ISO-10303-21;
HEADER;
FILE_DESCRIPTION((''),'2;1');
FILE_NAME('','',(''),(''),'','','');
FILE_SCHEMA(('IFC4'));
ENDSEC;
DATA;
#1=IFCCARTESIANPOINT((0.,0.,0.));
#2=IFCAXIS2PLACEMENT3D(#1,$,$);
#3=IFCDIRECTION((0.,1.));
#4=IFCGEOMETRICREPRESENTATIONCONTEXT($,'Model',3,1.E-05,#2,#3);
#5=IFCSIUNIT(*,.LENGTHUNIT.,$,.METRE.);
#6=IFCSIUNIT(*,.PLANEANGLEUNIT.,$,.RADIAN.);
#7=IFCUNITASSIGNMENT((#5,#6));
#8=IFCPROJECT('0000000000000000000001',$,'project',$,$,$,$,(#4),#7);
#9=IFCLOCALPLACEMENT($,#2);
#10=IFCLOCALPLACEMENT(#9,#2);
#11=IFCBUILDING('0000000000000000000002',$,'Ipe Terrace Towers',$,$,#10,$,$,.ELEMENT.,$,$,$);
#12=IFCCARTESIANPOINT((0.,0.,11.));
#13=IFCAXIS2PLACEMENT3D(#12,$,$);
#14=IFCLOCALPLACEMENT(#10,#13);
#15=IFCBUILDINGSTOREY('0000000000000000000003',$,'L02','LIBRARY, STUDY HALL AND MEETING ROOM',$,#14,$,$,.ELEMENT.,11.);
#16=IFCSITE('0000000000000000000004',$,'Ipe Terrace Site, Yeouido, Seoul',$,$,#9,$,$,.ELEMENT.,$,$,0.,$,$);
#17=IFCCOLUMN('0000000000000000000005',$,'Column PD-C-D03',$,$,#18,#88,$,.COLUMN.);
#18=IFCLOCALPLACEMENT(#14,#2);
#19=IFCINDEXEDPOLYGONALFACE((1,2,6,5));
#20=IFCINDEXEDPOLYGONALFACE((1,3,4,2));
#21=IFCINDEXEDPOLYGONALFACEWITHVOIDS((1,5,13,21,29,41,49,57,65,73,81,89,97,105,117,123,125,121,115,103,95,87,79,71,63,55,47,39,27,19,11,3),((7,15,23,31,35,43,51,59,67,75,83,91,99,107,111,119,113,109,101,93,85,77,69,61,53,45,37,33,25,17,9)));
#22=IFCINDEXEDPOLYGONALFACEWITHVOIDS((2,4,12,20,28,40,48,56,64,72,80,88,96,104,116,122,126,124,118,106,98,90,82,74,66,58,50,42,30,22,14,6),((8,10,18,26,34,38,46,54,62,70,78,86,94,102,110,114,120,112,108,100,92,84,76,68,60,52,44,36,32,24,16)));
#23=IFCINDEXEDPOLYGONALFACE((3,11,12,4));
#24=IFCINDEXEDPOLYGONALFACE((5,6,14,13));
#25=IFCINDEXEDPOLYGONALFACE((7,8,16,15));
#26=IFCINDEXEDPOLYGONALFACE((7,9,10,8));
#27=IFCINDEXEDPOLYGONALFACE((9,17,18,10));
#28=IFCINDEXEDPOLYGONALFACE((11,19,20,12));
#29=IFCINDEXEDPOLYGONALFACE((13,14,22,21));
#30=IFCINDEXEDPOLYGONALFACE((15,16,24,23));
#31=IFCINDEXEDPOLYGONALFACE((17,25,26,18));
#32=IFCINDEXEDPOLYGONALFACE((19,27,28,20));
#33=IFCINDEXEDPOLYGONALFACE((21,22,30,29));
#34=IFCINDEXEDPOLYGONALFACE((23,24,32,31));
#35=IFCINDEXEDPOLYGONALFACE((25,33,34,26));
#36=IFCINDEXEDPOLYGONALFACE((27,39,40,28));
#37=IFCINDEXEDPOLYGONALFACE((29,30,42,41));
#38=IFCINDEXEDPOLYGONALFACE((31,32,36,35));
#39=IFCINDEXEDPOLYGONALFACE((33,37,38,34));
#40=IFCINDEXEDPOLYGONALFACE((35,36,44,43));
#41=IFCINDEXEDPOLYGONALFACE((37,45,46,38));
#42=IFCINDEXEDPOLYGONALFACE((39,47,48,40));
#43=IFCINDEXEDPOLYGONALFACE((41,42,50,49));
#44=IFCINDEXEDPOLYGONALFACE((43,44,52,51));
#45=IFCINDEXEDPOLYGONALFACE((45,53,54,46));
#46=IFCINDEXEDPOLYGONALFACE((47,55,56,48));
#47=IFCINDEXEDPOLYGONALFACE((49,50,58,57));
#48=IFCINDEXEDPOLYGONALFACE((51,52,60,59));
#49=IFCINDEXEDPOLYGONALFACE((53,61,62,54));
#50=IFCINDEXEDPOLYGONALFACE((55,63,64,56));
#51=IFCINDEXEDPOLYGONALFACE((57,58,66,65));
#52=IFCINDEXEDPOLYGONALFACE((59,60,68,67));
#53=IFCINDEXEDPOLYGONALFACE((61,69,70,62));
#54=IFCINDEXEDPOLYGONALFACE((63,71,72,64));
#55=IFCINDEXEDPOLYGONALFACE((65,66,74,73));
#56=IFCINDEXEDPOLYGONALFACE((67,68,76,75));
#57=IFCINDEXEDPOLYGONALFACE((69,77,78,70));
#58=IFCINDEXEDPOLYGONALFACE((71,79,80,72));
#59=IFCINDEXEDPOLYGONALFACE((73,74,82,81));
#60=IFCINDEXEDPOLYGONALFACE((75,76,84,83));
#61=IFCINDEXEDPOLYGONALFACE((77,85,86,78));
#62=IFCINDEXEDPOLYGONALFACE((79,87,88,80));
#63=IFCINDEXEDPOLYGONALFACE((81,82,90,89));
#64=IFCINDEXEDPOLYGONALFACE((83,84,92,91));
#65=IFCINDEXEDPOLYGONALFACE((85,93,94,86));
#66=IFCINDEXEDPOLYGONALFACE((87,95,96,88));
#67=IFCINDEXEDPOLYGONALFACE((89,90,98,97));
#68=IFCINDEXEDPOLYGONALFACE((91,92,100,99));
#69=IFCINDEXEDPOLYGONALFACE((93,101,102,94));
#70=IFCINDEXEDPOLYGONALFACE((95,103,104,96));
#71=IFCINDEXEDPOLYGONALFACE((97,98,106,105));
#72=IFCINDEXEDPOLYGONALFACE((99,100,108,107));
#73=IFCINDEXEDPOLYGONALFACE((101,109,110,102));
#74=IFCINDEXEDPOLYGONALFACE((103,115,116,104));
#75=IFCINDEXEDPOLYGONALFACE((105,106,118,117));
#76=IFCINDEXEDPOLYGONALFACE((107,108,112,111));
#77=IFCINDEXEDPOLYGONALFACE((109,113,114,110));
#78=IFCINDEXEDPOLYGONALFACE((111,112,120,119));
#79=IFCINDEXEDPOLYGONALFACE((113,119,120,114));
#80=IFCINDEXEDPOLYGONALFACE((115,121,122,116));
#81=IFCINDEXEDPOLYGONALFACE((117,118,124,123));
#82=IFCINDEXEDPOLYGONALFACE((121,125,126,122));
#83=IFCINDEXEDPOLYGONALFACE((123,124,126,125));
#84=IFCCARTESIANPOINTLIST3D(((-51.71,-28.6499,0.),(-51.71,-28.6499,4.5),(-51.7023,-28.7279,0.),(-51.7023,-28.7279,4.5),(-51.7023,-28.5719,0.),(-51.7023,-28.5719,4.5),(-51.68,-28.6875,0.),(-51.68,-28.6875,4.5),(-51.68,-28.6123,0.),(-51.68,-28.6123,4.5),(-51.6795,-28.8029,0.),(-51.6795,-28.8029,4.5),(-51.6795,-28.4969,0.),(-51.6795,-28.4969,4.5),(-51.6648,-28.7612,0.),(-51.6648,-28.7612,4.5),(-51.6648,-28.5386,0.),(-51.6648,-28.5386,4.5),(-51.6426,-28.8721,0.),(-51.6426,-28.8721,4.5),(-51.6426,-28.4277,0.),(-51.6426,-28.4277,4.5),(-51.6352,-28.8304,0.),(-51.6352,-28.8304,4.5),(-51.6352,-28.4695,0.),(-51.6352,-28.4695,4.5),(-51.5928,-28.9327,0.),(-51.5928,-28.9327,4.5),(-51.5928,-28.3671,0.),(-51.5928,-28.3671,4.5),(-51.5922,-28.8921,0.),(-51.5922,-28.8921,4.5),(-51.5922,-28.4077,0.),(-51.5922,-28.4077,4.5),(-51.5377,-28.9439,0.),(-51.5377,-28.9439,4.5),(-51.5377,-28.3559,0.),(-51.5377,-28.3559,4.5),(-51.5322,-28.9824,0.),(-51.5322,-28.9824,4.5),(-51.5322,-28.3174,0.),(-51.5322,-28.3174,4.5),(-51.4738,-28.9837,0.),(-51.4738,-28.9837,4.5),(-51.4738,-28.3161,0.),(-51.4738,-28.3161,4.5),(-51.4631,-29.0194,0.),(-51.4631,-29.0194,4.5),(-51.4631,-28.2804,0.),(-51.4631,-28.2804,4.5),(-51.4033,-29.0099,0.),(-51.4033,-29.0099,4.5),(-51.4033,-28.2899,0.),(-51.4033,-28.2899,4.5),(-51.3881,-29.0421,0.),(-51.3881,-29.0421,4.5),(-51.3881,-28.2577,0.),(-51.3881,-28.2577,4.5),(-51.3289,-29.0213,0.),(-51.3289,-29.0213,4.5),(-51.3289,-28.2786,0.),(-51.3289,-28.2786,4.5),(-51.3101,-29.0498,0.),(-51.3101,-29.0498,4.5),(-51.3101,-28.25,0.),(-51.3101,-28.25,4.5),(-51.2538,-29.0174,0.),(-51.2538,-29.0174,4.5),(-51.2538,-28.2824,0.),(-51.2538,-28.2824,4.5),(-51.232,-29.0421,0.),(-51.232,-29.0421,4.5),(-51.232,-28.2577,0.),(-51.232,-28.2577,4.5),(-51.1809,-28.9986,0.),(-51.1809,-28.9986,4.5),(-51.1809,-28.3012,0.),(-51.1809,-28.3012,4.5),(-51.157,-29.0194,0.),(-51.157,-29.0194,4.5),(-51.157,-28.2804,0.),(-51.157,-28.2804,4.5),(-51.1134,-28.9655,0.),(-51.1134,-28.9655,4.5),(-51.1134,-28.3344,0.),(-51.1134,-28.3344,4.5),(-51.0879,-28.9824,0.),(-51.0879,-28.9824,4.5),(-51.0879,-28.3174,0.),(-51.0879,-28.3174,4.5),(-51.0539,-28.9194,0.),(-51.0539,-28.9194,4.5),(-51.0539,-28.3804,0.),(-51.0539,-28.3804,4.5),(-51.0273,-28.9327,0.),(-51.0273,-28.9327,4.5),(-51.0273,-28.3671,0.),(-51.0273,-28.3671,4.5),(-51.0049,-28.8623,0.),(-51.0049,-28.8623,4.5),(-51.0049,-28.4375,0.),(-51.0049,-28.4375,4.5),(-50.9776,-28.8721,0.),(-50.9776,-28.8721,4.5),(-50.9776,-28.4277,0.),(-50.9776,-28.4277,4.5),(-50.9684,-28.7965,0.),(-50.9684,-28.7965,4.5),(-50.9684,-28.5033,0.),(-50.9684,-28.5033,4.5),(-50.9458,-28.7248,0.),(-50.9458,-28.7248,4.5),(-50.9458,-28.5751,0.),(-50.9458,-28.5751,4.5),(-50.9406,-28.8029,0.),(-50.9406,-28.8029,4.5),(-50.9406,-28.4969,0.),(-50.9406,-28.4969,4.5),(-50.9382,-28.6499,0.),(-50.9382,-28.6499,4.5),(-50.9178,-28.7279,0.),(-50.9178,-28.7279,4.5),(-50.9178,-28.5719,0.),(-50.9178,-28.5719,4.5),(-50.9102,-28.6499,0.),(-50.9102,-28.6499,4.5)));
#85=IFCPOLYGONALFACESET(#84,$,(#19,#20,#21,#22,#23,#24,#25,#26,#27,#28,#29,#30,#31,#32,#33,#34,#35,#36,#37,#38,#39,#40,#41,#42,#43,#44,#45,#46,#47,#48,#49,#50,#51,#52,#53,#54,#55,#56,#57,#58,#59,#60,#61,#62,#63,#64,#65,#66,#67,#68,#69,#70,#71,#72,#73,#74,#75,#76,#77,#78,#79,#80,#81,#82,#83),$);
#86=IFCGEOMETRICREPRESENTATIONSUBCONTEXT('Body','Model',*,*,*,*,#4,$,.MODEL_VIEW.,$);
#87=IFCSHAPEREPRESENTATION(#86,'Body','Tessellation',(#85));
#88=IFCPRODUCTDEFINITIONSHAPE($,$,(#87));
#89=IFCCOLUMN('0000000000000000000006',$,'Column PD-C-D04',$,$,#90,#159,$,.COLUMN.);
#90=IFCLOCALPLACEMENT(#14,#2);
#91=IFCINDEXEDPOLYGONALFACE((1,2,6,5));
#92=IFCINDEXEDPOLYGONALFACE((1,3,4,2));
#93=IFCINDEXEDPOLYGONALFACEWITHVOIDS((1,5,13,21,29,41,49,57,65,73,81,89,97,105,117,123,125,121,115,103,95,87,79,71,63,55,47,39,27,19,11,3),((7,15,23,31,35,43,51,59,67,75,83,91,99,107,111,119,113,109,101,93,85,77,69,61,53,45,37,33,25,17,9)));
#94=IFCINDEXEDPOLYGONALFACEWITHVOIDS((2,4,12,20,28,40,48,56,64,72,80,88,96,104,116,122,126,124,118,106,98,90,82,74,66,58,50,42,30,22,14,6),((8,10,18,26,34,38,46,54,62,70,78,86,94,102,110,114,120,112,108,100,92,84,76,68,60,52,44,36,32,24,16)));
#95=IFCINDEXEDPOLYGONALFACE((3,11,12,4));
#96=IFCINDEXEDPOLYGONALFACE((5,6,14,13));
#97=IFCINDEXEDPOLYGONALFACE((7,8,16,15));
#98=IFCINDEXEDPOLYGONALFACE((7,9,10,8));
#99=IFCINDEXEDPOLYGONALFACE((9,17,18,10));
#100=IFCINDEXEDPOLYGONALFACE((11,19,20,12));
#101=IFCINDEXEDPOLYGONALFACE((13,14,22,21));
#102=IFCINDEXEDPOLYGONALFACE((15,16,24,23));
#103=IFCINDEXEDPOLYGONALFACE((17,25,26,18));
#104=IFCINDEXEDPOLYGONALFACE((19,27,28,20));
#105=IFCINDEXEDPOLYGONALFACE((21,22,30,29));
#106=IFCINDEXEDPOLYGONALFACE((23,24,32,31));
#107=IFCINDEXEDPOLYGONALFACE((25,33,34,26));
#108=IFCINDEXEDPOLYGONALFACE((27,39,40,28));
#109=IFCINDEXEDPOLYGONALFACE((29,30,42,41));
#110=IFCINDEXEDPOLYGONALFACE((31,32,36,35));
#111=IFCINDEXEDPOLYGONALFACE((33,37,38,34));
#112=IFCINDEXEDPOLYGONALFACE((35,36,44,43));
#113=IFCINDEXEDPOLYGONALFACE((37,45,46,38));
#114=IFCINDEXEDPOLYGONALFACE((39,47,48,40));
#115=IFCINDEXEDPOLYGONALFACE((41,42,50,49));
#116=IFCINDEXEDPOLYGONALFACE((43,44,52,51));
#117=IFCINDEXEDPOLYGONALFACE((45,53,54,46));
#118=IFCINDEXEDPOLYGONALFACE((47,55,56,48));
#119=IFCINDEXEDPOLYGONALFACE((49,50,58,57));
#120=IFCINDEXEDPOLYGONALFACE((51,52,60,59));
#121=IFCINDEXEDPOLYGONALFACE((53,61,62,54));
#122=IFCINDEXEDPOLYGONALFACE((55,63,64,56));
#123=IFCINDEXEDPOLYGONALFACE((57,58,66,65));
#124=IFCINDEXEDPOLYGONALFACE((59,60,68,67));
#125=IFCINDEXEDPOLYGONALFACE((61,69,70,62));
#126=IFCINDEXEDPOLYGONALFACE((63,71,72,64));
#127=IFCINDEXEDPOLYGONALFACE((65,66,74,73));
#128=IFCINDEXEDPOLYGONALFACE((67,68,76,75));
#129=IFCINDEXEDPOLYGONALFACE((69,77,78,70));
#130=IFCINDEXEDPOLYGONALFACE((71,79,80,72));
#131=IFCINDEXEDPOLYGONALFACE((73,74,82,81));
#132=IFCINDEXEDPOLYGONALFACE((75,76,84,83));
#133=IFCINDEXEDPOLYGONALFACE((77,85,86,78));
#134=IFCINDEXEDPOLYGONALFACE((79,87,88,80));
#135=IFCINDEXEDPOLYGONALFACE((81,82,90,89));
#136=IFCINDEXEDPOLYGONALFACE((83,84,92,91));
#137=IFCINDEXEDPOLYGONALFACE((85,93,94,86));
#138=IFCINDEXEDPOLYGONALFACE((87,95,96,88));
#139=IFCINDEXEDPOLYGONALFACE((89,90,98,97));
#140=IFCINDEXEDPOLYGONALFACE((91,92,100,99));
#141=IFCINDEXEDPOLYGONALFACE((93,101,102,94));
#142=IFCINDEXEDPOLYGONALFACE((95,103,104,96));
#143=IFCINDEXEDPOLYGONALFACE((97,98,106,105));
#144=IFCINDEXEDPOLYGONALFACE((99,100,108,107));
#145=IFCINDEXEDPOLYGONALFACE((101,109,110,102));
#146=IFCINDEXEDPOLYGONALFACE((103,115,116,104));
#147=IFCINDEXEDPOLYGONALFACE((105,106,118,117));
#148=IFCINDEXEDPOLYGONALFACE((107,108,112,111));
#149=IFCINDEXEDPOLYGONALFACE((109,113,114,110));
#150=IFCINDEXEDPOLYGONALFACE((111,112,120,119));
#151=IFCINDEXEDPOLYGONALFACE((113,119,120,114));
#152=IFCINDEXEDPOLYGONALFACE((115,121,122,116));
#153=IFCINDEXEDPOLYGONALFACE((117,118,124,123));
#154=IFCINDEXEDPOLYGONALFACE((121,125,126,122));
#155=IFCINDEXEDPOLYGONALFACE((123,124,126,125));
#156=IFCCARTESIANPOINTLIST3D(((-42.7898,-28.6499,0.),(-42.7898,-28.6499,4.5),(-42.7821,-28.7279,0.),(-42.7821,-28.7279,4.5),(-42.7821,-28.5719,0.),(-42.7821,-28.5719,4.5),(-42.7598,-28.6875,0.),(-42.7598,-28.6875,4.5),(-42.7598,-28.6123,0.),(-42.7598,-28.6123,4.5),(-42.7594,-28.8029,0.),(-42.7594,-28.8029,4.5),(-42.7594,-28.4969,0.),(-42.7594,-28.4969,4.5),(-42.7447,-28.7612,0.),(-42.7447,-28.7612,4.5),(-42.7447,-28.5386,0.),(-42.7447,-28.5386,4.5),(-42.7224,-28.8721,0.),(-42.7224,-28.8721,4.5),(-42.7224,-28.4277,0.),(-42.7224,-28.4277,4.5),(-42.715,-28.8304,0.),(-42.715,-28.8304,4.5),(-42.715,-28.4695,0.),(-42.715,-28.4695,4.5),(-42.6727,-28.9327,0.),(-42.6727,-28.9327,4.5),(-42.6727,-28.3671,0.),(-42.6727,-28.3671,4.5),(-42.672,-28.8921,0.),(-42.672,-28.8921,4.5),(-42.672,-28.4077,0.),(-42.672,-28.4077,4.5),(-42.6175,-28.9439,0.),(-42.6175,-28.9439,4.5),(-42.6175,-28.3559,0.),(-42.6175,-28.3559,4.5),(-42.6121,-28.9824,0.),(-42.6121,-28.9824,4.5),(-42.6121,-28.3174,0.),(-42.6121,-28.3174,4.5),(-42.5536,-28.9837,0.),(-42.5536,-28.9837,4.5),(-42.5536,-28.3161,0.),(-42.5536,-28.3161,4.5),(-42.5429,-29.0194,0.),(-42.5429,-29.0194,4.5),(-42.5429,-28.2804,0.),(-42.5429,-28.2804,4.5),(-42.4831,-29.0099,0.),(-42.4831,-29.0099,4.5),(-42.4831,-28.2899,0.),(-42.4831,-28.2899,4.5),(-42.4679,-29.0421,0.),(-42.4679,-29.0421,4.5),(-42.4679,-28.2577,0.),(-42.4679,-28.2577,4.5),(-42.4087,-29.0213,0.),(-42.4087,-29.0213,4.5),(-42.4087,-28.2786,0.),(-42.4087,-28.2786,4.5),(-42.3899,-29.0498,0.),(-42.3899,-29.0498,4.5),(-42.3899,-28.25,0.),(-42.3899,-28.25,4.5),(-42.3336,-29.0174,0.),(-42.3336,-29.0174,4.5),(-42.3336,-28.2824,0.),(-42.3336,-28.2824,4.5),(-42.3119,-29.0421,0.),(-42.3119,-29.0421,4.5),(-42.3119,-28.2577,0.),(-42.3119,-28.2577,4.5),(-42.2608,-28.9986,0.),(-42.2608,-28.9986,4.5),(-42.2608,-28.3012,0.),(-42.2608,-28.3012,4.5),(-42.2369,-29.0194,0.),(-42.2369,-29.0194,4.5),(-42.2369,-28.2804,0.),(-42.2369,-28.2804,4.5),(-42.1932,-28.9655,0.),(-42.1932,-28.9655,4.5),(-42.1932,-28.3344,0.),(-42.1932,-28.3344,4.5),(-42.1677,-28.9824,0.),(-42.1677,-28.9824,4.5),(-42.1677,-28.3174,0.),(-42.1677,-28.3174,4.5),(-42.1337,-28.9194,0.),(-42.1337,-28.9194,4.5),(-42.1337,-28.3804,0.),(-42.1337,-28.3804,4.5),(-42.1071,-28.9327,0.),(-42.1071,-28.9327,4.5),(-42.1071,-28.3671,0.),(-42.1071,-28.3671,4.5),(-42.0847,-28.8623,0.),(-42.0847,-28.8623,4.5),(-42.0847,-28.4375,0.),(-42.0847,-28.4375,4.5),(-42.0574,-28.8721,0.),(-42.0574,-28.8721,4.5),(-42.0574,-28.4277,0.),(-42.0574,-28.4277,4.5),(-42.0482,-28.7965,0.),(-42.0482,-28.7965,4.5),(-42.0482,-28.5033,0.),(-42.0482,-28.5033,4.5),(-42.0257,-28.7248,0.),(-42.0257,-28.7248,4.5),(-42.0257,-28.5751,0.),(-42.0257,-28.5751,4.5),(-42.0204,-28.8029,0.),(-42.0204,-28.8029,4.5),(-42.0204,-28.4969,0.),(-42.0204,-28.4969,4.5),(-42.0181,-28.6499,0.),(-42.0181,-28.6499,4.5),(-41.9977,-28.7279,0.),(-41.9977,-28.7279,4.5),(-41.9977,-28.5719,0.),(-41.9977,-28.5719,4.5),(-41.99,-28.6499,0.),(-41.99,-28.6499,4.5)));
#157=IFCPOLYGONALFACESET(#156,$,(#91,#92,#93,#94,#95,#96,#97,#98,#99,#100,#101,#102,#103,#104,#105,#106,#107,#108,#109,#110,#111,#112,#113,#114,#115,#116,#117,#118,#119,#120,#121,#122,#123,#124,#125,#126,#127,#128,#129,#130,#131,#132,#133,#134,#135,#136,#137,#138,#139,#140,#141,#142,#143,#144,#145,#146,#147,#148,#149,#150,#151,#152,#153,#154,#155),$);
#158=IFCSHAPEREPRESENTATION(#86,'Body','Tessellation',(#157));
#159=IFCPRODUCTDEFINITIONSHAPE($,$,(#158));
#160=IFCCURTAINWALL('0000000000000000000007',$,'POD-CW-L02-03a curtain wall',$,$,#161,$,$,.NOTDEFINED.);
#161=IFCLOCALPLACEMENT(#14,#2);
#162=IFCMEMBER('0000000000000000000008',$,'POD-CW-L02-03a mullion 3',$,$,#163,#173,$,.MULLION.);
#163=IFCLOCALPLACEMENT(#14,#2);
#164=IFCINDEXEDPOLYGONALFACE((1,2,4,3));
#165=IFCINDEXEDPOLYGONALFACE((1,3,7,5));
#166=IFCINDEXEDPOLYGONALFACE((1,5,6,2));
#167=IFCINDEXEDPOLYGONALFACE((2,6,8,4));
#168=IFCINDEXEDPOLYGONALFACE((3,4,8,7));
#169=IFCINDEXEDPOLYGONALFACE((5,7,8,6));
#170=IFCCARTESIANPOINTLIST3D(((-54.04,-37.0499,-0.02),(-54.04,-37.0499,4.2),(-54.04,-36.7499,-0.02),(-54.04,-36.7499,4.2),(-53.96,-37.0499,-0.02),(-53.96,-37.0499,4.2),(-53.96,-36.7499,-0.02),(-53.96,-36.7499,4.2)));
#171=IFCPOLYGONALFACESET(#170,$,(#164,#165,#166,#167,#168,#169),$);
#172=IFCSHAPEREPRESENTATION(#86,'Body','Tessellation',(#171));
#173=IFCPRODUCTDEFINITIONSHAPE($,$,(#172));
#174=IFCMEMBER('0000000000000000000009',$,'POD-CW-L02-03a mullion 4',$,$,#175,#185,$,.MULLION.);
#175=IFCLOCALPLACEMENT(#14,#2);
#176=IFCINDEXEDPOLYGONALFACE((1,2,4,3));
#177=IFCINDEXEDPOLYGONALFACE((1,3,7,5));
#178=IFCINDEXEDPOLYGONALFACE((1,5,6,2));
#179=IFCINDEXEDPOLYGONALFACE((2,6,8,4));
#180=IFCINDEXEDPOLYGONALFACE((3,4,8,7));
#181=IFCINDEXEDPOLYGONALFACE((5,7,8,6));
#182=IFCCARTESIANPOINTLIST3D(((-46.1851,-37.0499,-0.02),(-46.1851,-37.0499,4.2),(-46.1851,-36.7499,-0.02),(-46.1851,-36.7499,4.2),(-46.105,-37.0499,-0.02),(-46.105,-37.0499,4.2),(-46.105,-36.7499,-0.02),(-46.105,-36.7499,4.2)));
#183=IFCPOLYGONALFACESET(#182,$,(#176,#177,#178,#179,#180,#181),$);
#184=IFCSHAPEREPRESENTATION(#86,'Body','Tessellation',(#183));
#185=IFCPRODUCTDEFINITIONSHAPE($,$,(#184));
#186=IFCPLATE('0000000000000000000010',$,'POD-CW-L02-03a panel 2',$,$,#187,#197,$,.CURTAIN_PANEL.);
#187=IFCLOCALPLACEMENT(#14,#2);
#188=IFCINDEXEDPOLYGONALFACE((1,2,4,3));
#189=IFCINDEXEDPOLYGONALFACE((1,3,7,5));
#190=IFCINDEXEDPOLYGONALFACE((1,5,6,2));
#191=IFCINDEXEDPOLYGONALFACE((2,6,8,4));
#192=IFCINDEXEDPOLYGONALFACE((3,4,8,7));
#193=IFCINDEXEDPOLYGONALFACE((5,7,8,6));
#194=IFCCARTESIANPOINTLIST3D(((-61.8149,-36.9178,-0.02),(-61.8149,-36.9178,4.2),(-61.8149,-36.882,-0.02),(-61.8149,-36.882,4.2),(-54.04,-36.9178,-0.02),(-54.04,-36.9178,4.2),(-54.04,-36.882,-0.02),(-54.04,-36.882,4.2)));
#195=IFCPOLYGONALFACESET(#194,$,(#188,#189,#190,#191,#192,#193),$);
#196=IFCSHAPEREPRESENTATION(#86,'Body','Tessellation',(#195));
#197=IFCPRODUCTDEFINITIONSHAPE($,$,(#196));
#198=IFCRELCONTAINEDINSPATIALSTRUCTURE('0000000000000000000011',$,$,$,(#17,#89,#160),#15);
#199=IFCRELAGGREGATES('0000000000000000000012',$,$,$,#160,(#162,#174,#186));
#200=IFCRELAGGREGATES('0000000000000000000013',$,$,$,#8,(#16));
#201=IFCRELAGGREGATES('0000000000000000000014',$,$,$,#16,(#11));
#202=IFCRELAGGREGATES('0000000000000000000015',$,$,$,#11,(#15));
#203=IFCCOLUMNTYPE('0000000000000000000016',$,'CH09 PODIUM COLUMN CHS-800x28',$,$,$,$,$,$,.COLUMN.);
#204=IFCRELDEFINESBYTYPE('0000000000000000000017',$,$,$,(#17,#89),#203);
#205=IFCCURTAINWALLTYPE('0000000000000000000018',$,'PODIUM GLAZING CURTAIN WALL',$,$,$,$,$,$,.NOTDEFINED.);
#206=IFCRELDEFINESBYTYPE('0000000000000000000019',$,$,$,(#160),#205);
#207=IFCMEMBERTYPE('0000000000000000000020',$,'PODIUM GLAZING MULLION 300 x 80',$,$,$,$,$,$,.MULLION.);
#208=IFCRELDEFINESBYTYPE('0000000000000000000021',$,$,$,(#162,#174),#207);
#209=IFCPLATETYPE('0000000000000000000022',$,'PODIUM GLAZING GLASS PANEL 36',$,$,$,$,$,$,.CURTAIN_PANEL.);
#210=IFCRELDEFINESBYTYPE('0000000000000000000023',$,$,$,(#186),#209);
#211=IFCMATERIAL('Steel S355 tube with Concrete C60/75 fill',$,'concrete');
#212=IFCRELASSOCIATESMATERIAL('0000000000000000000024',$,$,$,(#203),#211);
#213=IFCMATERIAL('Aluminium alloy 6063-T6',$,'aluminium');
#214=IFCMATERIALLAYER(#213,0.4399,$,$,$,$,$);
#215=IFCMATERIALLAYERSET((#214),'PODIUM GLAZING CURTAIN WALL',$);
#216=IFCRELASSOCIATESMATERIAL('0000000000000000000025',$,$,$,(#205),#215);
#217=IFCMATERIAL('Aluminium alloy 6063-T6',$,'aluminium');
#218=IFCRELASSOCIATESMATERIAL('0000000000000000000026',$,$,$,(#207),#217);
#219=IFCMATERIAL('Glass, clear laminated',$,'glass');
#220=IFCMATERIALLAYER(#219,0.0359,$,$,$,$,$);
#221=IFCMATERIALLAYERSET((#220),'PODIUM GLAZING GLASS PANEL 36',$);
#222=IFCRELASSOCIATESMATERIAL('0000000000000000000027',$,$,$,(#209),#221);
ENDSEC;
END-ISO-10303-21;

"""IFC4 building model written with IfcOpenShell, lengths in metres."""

from ifc_helpers import new_model, si_unit, direction, frame, origin, origin_2d, place, context, subcontext, project, spatial, rectangle, hollow_circle, extrude, material, layer, layer_set, material_profile, profile_set, type_object, element, aggregate, save


model = new_model("IFC4")

# Units and contexts
model_context = context("Model", 3, precision=1e-05, world=origin(), true_north=direction((0.0, 1.0)))
body_context = subcontext(model_context, "Body", "Model", "MODEL_VIEW")
ifc_project = project(units=[si_unit("LENGTHUNIT", "METRE"), si_unit("PLANEANGLEUNIT", "RADIAN")], contexts=[model_context])

# Site, building, storey
site_placement = place(None, origin())
site = spatial("IfcSite", under=ifc_project, at=site_placement, Name="Ipe Terrace Site, Yeouido, Seoul", CompositionType="ELEMENT", RefElevation=0.0)
building_placement = place(site_placement, origin())
building = spatial("IfcBuilding", under=site, at=building_placement, Name="Ipe Terrace Towers", CompositionType="ELEMENT")
storey_placement = place(building_placement, frame((0.0, 0.0, 11.0)))
storey = spatial("IfcBuildingStorey", under=building, at=storey_placement, Name="L02", Description="LIBRARY, STUDY HALL AND MEETING ROOM", CompositionType="ELEMENT", Elevation=11.0)

# Columns
ifc_material_1 = material(Name="Steel S355 tube with Concrete C60/75 fill", Category="concrete")
ifc_material_profile_1 = material_profile(ifc_material_1, hollow_circle(Radius=0.3999, WallThickness=0.0281, at=origin_2d()), Name="CHS-800x28")
ifc_profile_set_1 = profile_set([ifc_material_profile_1], Name="Steel S355 tube with Concrete C60/75 fill")
column_type = type_object("IfcColumnType", Name="CH09 PODIUM COLUMN CHS-800x28", PredefinedType="COLUMN", material=ifc_profile_set_1)
for number, where, z_axis, x_axis, name in (
    (1, (-51.3101, -28.6499, 0.0), (0.0, 0.0, 1.0), (1.0, 0.0, 0.0), "Column PD-C-D03"),
    (2, (-42.3899, -28.6499, 0.0), (0.0, 0.0, 1.0), (1.0, 0.0, 0.0), "Column PD-C-D04"),
):
    element("IfcColumn", number, at=place(storey_placement, frame(where, z_axis=z_axis, x_axis=x_axis)), inside=storey, type_object=column_type, Name=name, PredefinedType="COLUMN", context=body_context, shape_type="SweptSolid", body=[
        extrude(hollow_circle(Radius=0.3999, WallThickness=0.0281, at=origin_2d()), origin(), (0.0, 0.0, 1.0), 4.5),
    ])

# Curtain wall, members, plate
ifc_material_2 = material(Name="Aluminium alloy 6063-T6", Category="aluminium")
ifc_layer_1 = layer(ifc_material_2, 0.4399)
ifc_layer_set_1 = layer_set([ifc_layer_1], Name="PODIUM GLAZING CURTAIN WALL")
curtain_wall_type = type_object("IfcCurtainWallType", Name="PODIUM GLAZING CURTAIN WALL", PredefinedType="NOTDEFINED", material=ifc_layer_set_1)
curtain_wall_placement = place(storey_placement, origin())
curtain_wall = element("IfcCurtainWall", 3, at=curtain_wall_placement, inside=storey, type_object=curtain_wall_type, Name="POD-CW-L02-03a curtain wall", PredefinedType="NOTDEFINED")
ifc_material_3 = material(Name="Aluminium alloy 6063-T6", Category="aluminium")
ifc_material_profile_2 = material_profile(ifc_material_3, rectangle(XDim=0.3, YDim=0.0801, at=origin_2d()), Name="PODIUM GLAZING MULLION 300 x 80")
ifc_profile_set_2 = profile_set([ifc_material_profile_2], Name="Aluminium alloy 6063-T6")
member_type = type_object("IfcMemberType", Name="PODIUM GLAZING MULLION 300 x 80", PredefinedType="MULLION", material=ifc_profile_set_2)
member_1_placement = place(storey_placement, frame((-54.0, -36.8999, -0.02), z_axis=(0.0, 0.0, 1.0), x_axis=(0.0, -1.0, 0.0)))
member_1 = element("IfcMember", 4, at=member_1_placement, type_object=member_type, Name="POD-CW-L02-03a mullion 3", PredefinedType="MULLION", context=body_context, shape_type="SweptSolid", body=[
    extrude(rectangle(XDim=0.3, YDim=0.0801, at=origin_2d()), origin(), (0.0, 0.0, 1.0), 4.22),
])
member_2_placement = place(storey_placement, frame((-46.145, -36.8999, -0.02), z_axis=(0.0, 0.0, 1.0), x_axis=(0.0, -1.0, 0.0)))
member_2 = element("IfcMember", 5, at=member_2_placement, type_object=member_type, Name="POD-CW-L02-03a mullion 4", PredefinedType="MULLION", context=body_context, shape_type="SweptSolid", body=[
    extrude(rectangle(XDim=0.3, YDim=0.0801, at=origin_2d()), origin(), (0.0, 0.0, 1.0), 4.22),
])
ifc_material_4 = material(Name="Glass, clear laminated", Category="glass")
ifc_layer_2 = layer(ifc_material_4, 0.0359)
ifc_layer_set_2 = layer_set([ifc_layer_2], Name="PODIUM GLAZING GLASS PANEL 36")
plate_type = type_object("IfcPlateType", Name="PODIUM GLAZING GLASS PANEL 36", PredefinedType="CURTAIN_PANEL", material=ifc_layer_set_2)
plate_1_placement = place(storey_placement, frame((-57.9275, -36.8999, -0.02), z_axis=(0.0, 0.0, 1.0), x_axis=(1.0, 0.0, 0.0)))
plate_1 = element("IfcPlate", 6, at=plate_1_placement, type_object=plate_type, Name="POD-CW-L02-03a panel 2", PredefinedType="CURTAIN_PANEL", context=body_context, shape_type="SweptSolid", body=[
    extrude(rectangle(XDim=7.7749, YDim=0.0359, at=origin_2d()), origin(), (0.0, 0.0, 1.0), 4.22),
])
aggregate(curtain_wall, [member_1, member_2, plate_1])

save(model, "model.ifc")
